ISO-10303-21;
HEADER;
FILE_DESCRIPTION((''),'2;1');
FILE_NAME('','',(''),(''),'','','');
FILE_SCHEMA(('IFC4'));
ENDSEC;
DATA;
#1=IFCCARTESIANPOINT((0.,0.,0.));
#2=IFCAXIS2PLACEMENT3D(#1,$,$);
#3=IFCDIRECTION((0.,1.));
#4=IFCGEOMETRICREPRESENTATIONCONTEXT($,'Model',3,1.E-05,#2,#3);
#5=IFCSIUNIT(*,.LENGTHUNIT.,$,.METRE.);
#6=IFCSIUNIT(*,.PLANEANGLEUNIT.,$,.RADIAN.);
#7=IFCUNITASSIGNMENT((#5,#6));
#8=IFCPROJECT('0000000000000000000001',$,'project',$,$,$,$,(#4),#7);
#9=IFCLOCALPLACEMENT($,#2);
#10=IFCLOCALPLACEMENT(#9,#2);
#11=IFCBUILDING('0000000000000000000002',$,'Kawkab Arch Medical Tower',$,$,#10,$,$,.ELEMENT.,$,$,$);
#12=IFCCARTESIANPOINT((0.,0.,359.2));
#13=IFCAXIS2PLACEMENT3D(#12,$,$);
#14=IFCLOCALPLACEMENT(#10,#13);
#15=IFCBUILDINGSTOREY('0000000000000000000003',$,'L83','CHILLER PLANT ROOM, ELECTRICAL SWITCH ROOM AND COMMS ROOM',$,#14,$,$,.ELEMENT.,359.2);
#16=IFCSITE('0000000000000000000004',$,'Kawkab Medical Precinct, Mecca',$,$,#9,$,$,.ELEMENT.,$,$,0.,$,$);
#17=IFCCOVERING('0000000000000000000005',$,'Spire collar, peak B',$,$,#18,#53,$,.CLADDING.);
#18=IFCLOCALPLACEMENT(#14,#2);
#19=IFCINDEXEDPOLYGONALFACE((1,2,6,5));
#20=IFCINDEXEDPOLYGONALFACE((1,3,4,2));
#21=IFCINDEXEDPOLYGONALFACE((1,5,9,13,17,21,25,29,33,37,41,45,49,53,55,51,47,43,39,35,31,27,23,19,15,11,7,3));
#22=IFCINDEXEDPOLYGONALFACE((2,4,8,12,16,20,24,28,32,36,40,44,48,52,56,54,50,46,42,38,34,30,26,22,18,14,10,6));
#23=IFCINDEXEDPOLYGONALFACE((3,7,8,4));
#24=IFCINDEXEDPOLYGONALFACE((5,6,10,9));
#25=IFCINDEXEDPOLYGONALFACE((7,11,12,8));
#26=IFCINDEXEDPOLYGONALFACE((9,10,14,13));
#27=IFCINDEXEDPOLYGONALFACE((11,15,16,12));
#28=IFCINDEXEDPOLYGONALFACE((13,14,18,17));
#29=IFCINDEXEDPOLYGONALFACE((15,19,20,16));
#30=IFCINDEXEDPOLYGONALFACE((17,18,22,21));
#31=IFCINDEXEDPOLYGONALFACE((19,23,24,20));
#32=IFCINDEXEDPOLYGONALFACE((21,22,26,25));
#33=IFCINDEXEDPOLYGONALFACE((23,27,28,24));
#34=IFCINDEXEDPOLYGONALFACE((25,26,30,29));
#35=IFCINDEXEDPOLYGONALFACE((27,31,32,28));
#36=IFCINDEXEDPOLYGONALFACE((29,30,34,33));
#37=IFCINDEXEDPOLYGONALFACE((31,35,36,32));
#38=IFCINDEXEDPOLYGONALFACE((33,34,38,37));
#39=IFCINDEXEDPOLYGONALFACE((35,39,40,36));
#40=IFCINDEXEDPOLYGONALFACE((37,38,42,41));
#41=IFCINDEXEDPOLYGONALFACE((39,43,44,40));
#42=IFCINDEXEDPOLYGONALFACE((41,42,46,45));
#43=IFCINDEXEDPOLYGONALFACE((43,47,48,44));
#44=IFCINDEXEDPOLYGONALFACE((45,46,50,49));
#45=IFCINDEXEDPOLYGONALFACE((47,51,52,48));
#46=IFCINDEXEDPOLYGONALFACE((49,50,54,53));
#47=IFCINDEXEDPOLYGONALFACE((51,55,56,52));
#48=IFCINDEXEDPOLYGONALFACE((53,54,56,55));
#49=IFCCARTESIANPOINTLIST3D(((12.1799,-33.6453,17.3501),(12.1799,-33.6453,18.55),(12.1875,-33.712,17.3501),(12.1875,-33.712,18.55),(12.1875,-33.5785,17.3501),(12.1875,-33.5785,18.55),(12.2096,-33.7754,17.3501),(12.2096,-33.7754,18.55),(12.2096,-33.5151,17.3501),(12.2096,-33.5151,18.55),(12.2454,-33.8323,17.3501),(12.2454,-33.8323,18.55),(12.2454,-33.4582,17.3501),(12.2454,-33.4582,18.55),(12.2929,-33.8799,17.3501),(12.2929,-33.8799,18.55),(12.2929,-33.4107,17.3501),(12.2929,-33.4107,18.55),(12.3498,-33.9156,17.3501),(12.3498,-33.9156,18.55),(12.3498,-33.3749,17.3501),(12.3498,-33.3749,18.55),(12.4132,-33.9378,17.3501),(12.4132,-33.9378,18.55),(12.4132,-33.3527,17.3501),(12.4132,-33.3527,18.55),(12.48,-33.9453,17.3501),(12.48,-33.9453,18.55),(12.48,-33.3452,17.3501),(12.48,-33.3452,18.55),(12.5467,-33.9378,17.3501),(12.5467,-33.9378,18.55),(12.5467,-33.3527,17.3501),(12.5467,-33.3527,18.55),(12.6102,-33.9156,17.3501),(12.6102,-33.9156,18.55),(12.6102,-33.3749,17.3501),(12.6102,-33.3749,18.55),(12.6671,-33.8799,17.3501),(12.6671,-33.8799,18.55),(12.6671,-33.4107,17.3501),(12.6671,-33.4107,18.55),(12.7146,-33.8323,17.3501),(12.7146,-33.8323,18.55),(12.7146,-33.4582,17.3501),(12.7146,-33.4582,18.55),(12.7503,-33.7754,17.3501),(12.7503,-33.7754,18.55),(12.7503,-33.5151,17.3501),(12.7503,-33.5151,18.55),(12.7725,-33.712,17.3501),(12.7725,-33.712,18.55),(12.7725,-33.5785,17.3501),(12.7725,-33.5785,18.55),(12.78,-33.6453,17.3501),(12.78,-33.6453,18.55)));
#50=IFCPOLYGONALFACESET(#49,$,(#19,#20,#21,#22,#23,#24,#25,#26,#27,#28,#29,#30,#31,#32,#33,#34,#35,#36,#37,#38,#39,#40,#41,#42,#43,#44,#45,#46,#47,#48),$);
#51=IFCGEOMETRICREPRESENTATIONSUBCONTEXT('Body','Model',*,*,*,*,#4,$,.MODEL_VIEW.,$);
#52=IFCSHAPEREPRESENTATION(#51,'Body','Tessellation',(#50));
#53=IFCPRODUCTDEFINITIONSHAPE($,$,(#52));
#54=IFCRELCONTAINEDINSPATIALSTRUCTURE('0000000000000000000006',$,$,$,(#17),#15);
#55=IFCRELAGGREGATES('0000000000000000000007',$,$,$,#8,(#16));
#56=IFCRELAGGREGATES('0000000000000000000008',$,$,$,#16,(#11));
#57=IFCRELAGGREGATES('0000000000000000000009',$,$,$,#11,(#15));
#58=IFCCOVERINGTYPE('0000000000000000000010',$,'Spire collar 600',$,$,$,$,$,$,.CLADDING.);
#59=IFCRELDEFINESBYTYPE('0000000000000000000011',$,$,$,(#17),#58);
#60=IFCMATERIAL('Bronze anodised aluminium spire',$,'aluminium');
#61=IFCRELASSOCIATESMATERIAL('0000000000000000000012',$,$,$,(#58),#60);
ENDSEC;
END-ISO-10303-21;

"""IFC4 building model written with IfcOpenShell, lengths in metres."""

from ifc_helpers import new_model, si_unit, direction, frame, origin, origin_2d, place, context, subcontext, project, spatial, circle, extrude, material, material_profile, profile_set, type_object, element, save


model = new_model("IFC4")

# Units and contexts
model_context = context("Model", 3, precision=1e-05, world=origin(), true_north=direction((0.0, 1.0)))
body_context = subcontext(model_context, "Body", "Model", "MODEL_VIEW")
ifc_project = project(units=[si_unit("LENGTHUNIT", "METRE"), si_unit("PLANEANGLEUNIT", "RADIAN")], contexts=[model_context])

# Site, building, storey
site_placement = place(None, origin())
site = spatial("IfcSite", under=ifc_project, at=site_placement, Name="Kawkab Medical Precinct, Mecca", CompositionType="ELEMENT", RefElevation=0.0)
building_placement = place(site_placement, origin())
building = spatial("IfcBuilding", under=site, at=building_placement, Name="Kawkab Arch Medical Tower", CompositionType="ELEMENT")
storey_placement = place(building_placement, frame((0.0, 0.0, 359.2)))
storey = spatial("IfcBuildingStorey", under=building, at=storey_placement, Name="L83", Description="CHILLER PLANT ROOM, ELECTRICAL SWITCH ROOM AND COMMS ROOM", CompositionType="ELEMENT", Elevation=359.2)

# Covering
placement = place(storey_placement, frame((12.48, -33.6453, 17.3501), z_axis=(0.0, 0.0, 1.0), x_axis=(1.0, 0.0, 0.0)))
ifc_material_1 = material(Name="Bronze anodised aluminium spire", Category="aluminium")
ifc_material_profile_1 = material_profile(ifc_material_1, circle(Radius=0.3, at=origin_2d()), Name="Spire collar 600")
ifc_profile_set_1 = profile_set([ifc_material_profile_1], Name="Bronze anodised aluminium spire")
covering_type_1 = type_object("IfcCoveringType", Name="Spire collar 600", PredefinedType="CLADDING", material=ifc_profile_set_1)
element("IfcCovering", 1, at=placement, inside=storey, type_object=covering_type_1, Name="Spire collar, peak B", PredefinedType="CLADDING", context=body_context, shape_type="SweptSolid", body=[
    extrude(circle(Radius=0.3, at=origin_2d()), origin(), (0.0, 0.0, 1.0), 1.2),
])

save(model, "model.ifc")
